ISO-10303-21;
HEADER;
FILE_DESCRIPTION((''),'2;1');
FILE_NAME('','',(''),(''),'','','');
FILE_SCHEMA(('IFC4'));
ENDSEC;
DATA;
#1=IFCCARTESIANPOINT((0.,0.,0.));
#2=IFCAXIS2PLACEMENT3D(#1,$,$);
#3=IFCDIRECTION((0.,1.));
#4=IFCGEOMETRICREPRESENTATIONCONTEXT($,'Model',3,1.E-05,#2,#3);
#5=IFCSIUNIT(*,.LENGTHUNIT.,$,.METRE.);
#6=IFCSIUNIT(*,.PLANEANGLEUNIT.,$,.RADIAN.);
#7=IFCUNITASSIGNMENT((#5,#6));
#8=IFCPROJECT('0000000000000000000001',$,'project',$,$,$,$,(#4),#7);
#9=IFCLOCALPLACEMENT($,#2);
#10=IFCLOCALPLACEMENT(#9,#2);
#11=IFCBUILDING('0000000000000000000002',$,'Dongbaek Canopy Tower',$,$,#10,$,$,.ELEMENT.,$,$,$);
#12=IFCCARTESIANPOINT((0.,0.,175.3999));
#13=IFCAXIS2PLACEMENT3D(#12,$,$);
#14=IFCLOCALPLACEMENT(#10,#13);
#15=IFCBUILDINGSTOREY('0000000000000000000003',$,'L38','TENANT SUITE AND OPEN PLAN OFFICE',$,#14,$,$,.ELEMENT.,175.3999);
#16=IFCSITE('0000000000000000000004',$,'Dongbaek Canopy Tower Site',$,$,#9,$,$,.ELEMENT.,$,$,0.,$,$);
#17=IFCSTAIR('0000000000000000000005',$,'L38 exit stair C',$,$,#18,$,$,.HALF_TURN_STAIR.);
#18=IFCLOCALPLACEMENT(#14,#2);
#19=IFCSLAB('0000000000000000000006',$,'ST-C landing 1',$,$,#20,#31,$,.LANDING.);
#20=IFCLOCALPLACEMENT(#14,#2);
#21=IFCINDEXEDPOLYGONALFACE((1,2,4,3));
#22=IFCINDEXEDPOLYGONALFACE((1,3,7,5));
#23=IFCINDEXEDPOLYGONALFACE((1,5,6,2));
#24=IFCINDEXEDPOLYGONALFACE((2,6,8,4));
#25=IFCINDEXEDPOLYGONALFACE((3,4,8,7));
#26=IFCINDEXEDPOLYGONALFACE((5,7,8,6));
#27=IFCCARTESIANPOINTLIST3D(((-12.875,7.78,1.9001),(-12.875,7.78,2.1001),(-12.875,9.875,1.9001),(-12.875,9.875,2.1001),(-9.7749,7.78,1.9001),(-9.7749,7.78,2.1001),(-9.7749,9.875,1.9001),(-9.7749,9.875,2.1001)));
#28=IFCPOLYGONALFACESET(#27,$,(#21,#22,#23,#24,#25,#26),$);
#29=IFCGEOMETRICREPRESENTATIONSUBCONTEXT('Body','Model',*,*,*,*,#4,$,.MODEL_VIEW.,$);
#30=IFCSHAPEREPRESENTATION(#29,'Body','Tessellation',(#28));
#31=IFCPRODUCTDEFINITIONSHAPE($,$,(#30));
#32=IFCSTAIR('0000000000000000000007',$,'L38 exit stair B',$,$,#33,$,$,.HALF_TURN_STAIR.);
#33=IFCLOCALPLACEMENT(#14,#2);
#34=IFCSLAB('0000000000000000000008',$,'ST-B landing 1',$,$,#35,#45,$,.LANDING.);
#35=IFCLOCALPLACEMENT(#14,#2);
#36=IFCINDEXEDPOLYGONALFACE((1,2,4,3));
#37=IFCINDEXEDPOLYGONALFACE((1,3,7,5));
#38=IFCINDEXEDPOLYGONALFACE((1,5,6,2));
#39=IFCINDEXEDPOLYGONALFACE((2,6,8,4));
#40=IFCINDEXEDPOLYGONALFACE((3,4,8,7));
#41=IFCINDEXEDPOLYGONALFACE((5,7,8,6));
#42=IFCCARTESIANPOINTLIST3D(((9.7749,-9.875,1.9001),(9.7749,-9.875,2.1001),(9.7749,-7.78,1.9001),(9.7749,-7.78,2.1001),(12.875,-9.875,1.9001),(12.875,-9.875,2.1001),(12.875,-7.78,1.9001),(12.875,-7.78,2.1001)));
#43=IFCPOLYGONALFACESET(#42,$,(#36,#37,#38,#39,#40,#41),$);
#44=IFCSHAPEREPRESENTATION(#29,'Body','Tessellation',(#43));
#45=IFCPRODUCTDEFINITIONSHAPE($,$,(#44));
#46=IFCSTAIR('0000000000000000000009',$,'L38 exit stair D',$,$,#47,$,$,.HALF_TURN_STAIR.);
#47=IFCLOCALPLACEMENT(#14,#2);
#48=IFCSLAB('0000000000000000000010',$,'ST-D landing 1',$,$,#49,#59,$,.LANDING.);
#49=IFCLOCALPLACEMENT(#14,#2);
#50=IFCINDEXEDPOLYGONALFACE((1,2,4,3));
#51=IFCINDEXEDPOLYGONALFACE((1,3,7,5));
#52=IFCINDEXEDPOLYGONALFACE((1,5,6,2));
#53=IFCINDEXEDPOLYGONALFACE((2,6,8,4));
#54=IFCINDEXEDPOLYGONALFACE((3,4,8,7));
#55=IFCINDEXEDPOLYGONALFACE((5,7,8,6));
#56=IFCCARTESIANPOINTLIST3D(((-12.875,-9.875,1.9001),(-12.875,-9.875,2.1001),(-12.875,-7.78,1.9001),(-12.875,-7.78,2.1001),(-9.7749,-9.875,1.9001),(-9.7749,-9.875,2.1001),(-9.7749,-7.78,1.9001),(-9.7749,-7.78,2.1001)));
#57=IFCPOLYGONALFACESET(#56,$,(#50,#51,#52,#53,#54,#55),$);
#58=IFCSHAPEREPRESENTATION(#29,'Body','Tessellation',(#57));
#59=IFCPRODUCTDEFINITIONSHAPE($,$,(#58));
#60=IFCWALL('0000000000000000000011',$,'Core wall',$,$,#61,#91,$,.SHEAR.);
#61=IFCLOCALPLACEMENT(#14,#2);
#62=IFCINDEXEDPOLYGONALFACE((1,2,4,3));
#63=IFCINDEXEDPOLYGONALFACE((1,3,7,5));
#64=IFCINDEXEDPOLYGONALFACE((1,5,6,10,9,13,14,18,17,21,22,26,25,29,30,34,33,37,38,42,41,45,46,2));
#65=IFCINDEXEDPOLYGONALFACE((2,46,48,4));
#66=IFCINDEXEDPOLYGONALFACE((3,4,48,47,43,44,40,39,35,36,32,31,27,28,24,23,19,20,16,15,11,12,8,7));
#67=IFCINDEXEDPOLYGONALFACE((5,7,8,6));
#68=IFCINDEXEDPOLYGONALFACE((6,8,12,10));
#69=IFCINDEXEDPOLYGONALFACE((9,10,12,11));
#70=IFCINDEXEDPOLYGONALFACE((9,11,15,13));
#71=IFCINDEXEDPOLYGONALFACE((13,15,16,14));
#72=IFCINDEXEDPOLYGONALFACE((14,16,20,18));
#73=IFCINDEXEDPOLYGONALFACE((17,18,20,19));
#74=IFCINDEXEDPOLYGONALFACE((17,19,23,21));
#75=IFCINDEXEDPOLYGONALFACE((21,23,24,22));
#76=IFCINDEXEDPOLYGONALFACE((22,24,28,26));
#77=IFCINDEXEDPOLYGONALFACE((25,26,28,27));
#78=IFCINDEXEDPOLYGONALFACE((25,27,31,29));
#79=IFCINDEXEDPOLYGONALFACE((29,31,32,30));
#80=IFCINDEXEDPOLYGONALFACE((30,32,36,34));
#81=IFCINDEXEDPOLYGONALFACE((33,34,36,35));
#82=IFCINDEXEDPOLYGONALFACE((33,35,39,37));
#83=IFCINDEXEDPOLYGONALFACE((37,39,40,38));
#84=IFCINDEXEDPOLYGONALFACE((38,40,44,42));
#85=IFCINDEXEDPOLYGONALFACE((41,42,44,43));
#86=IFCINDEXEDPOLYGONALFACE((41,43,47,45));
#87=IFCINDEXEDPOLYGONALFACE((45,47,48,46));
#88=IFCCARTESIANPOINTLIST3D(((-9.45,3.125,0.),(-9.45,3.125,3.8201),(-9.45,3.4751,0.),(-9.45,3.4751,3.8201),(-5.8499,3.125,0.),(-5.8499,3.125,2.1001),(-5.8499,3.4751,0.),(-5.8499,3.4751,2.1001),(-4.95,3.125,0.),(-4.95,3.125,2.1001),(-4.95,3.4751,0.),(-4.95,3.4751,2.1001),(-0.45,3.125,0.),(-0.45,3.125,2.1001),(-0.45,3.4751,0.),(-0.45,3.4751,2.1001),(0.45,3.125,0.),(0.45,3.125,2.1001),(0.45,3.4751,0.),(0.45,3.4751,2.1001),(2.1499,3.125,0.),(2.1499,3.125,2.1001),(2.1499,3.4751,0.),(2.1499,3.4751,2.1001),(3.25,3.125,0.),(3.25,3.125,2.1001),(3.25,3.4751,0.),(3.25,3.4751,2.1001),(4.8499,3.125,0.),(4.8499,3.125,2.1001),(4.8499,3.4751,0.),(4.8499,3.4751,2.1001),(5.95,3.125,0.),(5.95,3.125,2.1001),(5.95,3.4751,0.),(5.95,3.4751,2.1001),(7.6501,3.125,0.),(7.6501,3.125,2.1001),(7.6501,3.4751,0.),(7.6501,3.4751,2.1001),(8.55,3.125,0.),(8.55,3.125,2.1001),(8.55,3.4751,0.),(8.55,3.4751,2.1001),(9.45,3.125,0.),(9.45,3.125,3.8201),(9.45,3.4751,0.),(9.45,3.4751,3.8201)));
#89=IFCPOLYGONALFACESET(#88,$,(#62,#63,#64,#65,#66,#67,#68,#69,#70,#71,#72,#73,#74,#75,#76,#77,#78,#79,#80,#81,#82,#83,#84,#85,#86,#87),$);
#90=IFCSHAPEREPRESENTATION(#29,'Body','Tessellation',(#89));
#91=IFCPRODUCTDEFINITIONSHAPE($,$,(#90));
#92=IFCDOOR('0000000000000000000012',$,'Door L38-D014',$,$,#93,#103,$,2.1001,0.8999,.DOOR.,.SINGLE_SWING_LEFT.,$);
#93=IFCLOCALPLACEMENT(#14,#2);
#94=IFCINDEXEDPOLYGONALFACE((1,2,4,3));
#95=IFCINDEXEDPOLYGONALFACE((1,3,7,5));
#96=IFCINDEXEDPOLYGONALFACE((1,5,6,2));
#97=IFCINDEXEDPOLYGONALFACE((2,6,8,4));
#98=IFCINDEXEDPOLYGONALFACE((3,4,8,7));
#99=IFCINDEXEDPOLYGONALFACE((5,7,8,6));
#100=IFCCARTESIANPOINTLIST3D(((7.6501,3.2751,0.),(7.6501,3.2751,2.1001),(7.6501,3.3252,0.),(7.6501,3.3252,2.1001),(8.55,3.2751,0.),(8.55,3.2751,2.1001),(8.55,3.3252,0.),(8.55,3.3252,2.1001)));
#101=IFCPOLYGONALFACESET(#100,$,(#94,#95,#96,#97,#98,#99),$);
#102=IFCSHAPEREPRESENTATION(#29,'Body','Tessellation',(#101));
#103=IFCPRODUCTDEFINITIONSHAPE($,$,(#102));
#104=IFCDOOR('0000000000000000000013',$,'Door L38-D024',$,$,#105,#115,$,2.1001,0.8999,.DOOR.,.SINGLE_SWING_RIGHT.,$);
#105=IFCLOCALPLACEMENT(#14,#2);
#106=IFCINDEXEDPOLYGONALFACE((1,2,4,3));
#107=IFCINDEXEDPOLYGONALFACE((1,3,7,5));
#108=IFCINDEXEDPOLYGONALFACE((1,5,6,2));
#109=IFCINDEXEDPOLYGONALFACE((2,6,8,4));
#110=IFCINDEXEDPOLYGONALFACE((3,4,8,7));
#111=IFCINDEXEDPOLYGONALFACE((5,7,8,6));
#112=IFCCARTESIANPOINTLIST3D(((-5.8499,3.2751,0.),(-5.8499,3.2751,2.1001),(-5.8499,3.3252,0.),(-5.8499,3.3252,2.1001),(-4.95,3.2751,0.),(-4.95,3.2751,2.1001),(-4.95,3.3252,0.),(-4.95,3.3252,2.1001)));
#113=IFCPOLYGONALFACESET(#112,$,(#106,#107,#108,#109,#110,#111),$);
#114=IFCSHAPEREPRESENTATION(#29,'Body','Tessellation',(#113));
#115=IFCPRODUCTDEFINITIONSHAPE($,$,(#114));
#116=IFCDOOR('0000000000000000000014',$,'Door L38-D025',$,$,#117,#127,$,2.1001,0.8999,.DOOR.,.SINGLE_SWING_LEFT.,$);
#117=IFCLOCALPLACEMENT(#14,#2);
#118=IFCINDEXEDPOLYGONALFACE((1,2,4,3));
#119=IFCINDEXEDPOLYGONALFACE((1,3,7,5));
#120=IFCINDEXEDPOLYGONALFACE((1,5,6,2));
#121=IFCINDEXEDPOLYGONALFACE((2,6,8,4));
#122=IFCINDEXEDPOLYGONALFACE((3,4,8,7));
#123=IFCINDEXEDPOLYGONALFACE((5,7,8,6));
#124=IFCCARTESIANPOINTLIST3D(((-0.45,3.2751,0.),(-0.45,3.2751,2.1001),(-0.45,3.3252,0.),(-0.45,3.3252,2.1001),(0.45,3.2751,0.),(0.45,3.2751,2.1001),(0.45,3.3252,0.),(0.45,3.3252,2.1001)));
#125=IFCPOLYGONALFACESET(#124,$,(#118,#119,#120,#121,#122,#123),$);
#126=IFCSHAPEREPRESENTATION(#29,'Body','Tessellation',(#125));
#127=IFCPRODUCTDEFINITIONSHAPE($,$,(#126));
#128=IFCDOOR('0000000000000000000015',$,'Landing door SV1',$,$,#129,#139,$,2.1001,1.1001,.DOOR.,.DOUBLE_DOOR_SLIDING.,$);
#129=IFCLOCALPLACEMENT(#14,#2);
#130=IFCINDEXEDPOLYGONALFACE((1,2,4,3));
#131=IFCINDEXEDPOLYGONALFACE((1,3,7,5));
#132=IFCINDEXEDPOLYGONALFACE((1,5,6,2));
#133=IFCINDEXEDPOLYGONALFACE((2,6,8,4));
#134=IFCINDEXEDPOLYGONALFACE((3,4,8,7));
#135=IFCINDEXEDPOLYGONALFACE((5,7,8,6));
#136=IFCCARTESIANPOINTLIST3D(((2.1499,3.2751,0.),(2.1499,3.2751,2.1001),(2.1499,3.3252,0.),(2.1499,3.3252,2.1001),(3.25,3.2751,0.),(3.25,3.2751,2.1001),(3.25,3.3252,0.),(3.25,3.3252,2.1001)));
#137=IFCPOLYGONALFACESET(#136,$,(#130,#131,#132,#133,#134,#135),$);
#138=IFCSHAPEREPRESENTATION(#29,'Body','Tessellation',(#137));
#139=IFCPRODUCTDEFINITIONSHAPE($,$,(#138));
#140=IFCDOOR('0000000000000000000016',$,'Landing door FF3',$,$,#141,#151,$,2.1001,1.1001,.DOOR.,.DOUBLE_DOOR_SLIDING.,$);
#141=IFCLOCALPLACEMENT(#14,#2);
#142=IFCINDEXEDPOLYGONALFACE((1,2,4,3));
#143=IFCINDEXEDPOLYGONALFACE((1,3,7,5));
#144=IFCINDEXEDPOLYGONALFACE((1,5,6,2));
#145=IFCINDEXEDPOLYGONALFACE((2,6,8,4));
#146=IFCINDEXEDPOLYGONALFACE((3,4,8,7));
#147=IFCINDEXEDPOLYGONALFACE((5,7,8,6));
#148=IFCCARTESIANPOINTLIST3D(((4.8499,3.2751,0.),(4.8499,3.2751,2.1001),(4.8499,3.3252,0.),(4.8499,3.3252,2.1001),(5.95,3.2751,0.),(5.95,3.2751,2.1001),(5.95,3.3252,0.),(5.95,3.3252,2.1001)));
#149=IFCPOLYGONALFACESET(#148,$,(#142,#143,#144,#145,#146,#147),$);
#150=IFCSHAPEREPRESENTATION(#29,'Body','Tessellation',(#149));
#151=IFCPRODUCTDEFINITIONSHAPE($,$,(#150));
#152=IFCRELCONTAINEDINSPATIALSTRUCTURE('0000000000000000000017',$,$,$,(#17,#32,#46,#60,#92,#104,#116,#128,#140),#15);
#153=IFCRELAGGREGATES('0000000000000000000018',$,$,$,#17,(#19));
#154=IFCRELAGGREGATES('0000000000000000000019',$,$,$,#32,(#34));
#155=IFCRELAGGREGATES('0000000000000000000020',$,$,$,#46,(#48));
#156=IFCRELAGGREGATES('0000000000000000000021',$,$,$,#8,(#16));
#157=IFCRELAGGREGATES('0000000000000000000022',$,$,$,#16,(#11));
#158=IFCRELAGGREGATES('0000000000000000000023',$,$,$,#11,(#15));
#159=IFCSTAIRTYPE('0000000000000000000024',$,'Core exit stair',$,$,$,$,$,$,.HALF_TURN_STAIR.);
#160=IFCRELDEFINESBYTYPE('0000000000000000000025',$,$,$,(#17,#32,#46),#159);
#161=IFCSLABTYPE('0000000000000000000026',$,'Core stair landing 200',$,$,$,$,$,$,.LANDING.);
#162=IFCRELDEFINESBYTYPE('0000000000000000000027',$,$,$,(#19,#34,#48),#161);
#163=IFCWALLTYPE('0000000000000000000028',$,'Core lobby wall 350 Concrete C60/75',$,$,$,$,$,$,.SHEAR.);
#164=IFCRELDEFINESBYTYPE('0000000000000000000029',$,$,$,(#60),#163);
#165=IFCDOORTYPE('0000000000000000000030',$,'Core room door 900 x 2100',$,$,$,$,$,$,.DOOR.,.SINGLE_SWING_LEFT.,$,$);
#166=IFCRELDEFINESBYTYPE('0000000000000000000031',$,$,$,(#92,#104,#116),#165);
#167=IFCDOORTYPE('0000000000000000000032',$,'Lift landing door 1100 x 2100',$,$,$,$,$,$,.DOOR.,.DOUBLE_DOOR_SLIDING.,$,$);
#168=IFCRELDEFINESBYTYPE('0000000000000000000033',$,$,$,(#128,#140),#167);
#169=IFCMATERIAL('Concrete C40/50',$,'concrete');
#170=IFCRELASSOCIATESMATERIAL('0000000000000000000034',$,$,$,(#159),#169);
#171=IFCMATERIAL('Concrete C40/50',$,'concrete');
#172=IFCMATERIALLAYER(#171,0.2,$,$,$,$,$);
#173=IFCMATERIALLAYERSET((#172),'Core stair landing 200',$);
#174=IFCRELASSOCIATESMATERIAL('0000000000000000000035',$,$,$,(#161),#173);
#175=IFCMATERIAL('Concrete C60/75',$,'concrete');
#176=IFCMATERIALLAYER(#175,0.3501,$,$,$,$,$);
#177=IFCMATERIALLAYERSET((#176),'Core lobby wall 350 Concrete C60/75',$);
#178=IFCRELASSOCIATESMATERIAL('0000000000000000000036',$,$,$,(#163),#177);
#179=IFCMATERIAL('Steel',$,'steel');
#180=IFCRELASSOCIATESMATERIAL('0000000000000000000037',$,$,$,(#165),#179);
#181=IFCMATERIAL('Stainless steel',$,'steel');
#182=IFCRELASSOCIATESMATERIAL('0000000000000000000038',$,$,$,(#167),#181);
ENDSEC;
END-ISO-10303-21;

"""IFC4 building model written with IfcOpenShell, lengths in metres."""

from ifc_helpers import new_model, si_unit, direction, frame, frame_2d, origin, place, context, subcontext, project, spatial, polyline, rectangle, outline, extrude, material, layer, layer_set, type_object, element, fill, aggregate, save


model = new_model("IFC4")

# Units and contexts
model_context = context("Model", 3, precision=1e-05, world=origin(), true_north=direction((0.0, 1.0)))
body_context = subcontext(model_context, "Body", "Model", "MODEL_VIEW")
ifc_project = project(units=[si_unit("LENGTHUNIT", "METRE"), si_unit("PLANEANGLEUNIT", "RADIAN")], contexts=[model_context])

# Site, building, storey
site_placement = place(None, origin())
site = spatial("IfcSite", under=ifc_project, at=site_placement, Name="Dongbaek Canopy Tower Site", CompositionType="ELEMENT", RefElevation=0.0)
building_placement = place(site_placement, origin())
building = spatial("IfcBuilding", under=site, at=building_placement, Name="Dongbaek Canopy Tower", CompositionType="ELEMENT")
storey_placement = place(building_placement, frame((0.0, 0.0, 175.3999)))
storey = spatial("IfcBuildingStorey", under=building, at=storey_placement, Name="L38", Description="TENANT SUITE AND OPEN PLAN OFFICE", CompositionType="ELEMENT", Elevation=175.3999)

# Stairs, slabs
ifc_material_1 = material(Name="Concrete C40/50", Category="concrete")
stair_type = type_object("IfcStairType", Name="Core exit stair", PredefinedType="HALF_TURN_STAIR", material=ifc_material_1)
stair_1_placement = place(storey_placement, origin())
stair_1 = element("IfcStair", 1, at=stair_1_placement, inside=storey, type_object=stair_type, Name="L38 exit stair C", PredefinedType="HALF_TURN_STAIR")
ifc_material_2 = material(Name="Concrete C40/50", Category="concrete")
ifc_layer_1 = layer(ifc_material_2, 0.2)
ifc_layer_set_1 = layer_set([ifc_layer_1], Name="Core stair landing 200")
slab_type = type_object("IfcSlabType", Name="Core stair landing 200", PredefinedType="LANDING", material=ifc_layer_set_1)
slab_1_placement = place(storey_placement, frame((0.0, 0.0, 1.9001)))
slab_1 = element("IfcSlab", 2, at=slab_1_placement, type_object=slab_type, Name="ST-C landing 1", PredefinedType="LANDING", context=body_context, shape_type="SweptSolid", body=[
    extrude(outline(polyline([(-9.7749, 7.78), (-9.7749, 9.875), (-12.875, 9.875), (-12.875, 7.78), (-9.7749, 7.78)])), origin(), (0.0, 0.0, 1.0), 0.2),
])
aggregate(stair_1, [slab_1])
stair_2_placement = place(storey_placement, origin())
stair_2 = element("IfcStair", 3, at=stair_2_placement, inside=storey, type_object=stair_type, Name="L38 exit stair B", PredefinedType="HALF_TURN_STAIR")
slab_2_placement = place(storey_placement, frame((0.0, 0.0, 1.9001)))
slab_2 = element("IfcSlab", 4, at=slab_2_placement, type_object=slab_type, Name="ST-B landing 1", PredefinedType="LANDING", context=body_context, shape_type="SweptSolid", body=[
    extrude(outline(polyline([(9.7749, -7.78), (9.7749, -9.875), (12.875, -9.875), (12.875, -7.78), (9.7749, -7.78)])), origin(), (0.0, 0.0, 1.0), 0.2),
])
aggregate(stair_2, [slab_2])
stair_3_placement = place(storey_placement, origin())
stair_3 = element("IfcStair", 5, at=stair_3_placement, inside=storey, type_object=stair_type, Name="L38 exit stair D", PredefinedType="HALF_TURN_STAIR")
slab_3_placement = place(storey_placement, frame((0.0, 0.0, 1.9001)))
slab_3 = element("IfcSlab", 6, at=slab_3_placement, type_object=slab_type, Name="ST-D landing 1", PredefinedType="LANDING", context=body_context, shape_type="SweptSolid", body=[
    extrude(outline(polyline([(-12.875, -7.78), (-12.875, -9.875), (-9.7749, -9.875), (-9.7749, -7.78), (-12.875, -7.78)])), origin(), (0.0, 0.0, 1.0), 0.2),
])
aggregate(stair_3, [slab_3])

# Wall, openings, doors
ifc_material_3 = material(Name="Concrete C60/75", Category="concrete")
ifc_layer_2 = layer(ifc_material_3, 0.3501)
ifc_layer_set_2 = layer_set([ifc_layer_2], Name="Core lobby wall 350 Concrete C60/75")
wall_type_1 = type_object("IfcWallType", Name="Core lobby wall 350 Concrete C60/75", PredefinedType="SHEAR", material=ifc_layer_set_2)
wall_1_placement = place(storey_placement, frame((9.45, 3.3, 0.0), z_axis=(0.0, 0.0, 1.0), x_axis=(-1.0, 0.0, 0.0)))
wall_1 = element("IfcWall", 7, at=wall_1_placement, inside=storey, type_object=wall_type_1, Name="Core wall", PredefinedType="SHEAR", context=body_context, shape_type="SweptSolid", body=[
    extrude(rectangle(XDim=18.8999, YDim=0.3501, at=frame_2d((9.45, 0.0))), origin(), (0.0, 0.0, 1.0), 3.8201),
])
opening_1_placement = place(wall_1_placement, frame((6.2, 0.0, 0.0)))
opening_1 = element("IfcOpeningElement", 8, at=opening_1_placement, cuts=wall_1, PredefinedType="OPENING", context=body_context, shape_type="SweptSolid", body=[
    extrude(rectangle(XDim=1.1001, YDim=2.1001, at=frame_2d((0.55, 1.05))), frame((0.0, 0.1851, 0.0), z_axis=(0.0, -1.0, 0.0), x_axis=(1.0, 0.0, 0.0)), (0.0, 0.0, 1.0), 0.3701),
])
opening_2_placement = place(wall_1_placement, frame((3.5, 0.0, 0.0)))
opening_2 = element("IfcOpeningElement", 9, at=opening_2_placement, cuts=wall_1, PredefinedType="OPENING", context=body_context, shape_type="SweptSolid", body=[
    extrude(rectangle(XDim=1.1001, YDim=2.1001, at=frame_2d((0.55, 1.05))), frame((0.0, 0.1851, 0.0), z_axis=(0.0, -1.0, 0.0), x_axis=(1.0, 0.0, 0.0)), (0.0, 0.0, 1.0), 0.3701),
])
opening_3_placement = place(wall_1_placement, frame((0.8999, 0.0, 0.0)))
opening_3 = element("IfcOpeningElement", 10, at=opening_3_placement, cuts=wall_1, PredefinedType="OPENING", context=body_context, shape_type="SweptSolid", body=[
    extrude(rectangle(XDim=0.8999, YDim=2.1001, at=frame_2d((0.45, 1.05))), frame((0.0, 0.1851, 0.0), z_axis=(0.0, -1.0, 0.0), x_axis=(1.0, 0.0, 0.0)), (0.0, 0.0, 1.0), 0.3701),
])
opening_4_placement = place(wall_1_placement, frame((14.3999, 0.0, 0.0)))
opening_4 = element("IfcOpeningElement", 11, at=opening_4_placement, cuts=wall_1, PredefinedType="OPENING", context=body_context, shape_type="SweptSolid", body=[
    extrude(rectangle(XDim=0.8999, YDim=2.1001, at=frame_2d((0.45, 1.05))), frame((0.0, 0.1851, 0.0), z_axis=(0.0, -1.0, 0.0), x_axis=(1.0, 0.0, 0.0)), (0.0, 0.0, 1.0), 0.3701),
])
opening_5_placement = place(wall_1_placement, frame((9.0, 0.0, 0.0)))
opening_5 = element("IfcOpeningElement", 12, at=opening_5_placement, cuts=wall_1, PredefinedType="OPENING", context=body_context, shape_type="SweptSolid", body=[
    extrude(rectangle(XDim=0.8999, YDim=2.1001, at=frame_2d((0.45, 1.05))), frame((0.0, 0.1851, 0.0), z_axis=(0.0, -1.0, 0.0), x_axis=(1.0, 0.0, 0.0)), (0.0, 0.0, 1.0), 0.3701),
])
ifc_material_4 = material(Name="Steel", Category="steel")
door_type_1 = type_object("IfcDoorType", Name="Core room door 900 x 2100", OperationType="SINGLE_SWING_LEFT", PredefinedType="DOOR", material=ifc_material_4)
door_1_placement = place(opening_3_placement, origin())
door_1 = element("IfcDoor", 13, at=door_1_placement, inside=storey, type_object=door_type_1, Name="Door L38-D014", OperationType="SINGLE_SWING_LEFT", OverallHeight=2.1001, OverallWidth=0.8999, PredefinedType="DOOR", context=body_context, shape_type="SweptSolid", body=[
    extrude(rectangle(XDim=0.8999, YDim=2.1001, at=frame_2d((0.45, 1.05))), frame((0.0, 0.0249, 0.0), z_axis=(0.0, -1.0, 0.0), x_axis=(1.0, 0.0, 0.0)), (0.0, 0.0, 1.0), 0.05),
])
fill(opening_3, door_1)
door_2_placement = place(opening_4_placement, origin())
door_2 = element("IfcDoor", 14, at=door_2_placement, inside=storey, type_object=door_type_1, Name="Door L38-D024", OperationType="SINGLE_SWING_RIGHT", OverallHeight=2.1001, OverallWidth=0.8999, PredefinedType="DOOR", context=body_context, shape_type="SweptSolid", body=[
    extrude(rectangle(XDim=0.8999, YDim=2.1001, at=frame_2d((0.45, 1.05))), frame((0.0, 0.0249, 0.0), z_axis=(0.0, -1.0, 0.0), x_axis=(1.0, 0.0, 0.0)), (0.0, 0.0, 1.0), 0.05),
])
fill(opening_4, door_2)
door_3_placement = place(opening_5_placement, origin())
door_3 = element("IfcDoor", 15, at=door_3_placement, inside=storey, type_object=door_type_1, Name="Door L38-D025", OperationType="SINGLE_SWING_LEFT", OverallHeight=2.1001, OverallWidth=0.8999, PredefinedType="DOOR", context=body_context, shape_type="SweptSolid", body=[
    extrude(rectangle(XDim=0.8999, YDim=2.1001, at=frame_2d((0.45, 1.05))), frame((0.0, 0.0249, 0.0), z_axis=(0.0, -1.0, 0.0), x_axis=(1.0, 0.0, 0.0)), (0.0, 0.0, 1.0), 0.05),
])
fill(opening_5, door_3)
ifc_material_5 = material(Name="Stainless steel", Category="steel")
door_type_2 = type_object("IfcDoorType", Name="Lift landing door 1100 x 2100", OperationType="DOUBLE_DOOR_SLIDING", PredefinedType="DOOR", material=ifc_material_5)
door_4_placement = place(opening_1_placement, origin())
door_4 = element("IfcDoor", 16, at=door_4_placement, inside=storey, type_object=door_type_2, Name="Landing door SV1", OperationType="DOUBLE_DOOR_SLIDING", OverallHeight=2.1001, OverallWidth=1.1001, PredefinedType="DOOR", context=body_context, shape_type="SweptSolid", body=[
    extrude(rectangle(XDim=1.1001, YDim=2.1001, at=frame_2d((0.55, 1.05))), frame((0.0, 0.0249, 0.0), z_axis=(0.0, -1.0, 0.0), x_axis=(1.0, 0.0, 0.0)), (0.0, 0.0, 1.0), 0.05),
])
fill(opening_1, door_4)
door_5_placement = place(opening_2_placement, origin())
door_5 = element("IfcDoor", 17, at=door_5_placement, inside=storey, type_object=door_type_2, Name="Landing door FF3", OperationType="DOUBLE_DOOR_SLIDING", OverallHeight=2.1001, OverallWidth=1.1001, PredefinedType="DOOR", context=body_context, shape_type="SweptSolid", body=[
    extrude(rectangle(XDim=1.1001, YDim=2.1001, at=frame_2d((0.55, 1.05))), frame((0.0, 0.0249, 0.0), z_axis=(0.0, -1.0, 0.0), x_axis=(1.0, 0.0, 0.0)), (0.0, 0.0, 1.0), 0.05),
])
fill(opening_2, door_5)

save(model, "model.ifc")
